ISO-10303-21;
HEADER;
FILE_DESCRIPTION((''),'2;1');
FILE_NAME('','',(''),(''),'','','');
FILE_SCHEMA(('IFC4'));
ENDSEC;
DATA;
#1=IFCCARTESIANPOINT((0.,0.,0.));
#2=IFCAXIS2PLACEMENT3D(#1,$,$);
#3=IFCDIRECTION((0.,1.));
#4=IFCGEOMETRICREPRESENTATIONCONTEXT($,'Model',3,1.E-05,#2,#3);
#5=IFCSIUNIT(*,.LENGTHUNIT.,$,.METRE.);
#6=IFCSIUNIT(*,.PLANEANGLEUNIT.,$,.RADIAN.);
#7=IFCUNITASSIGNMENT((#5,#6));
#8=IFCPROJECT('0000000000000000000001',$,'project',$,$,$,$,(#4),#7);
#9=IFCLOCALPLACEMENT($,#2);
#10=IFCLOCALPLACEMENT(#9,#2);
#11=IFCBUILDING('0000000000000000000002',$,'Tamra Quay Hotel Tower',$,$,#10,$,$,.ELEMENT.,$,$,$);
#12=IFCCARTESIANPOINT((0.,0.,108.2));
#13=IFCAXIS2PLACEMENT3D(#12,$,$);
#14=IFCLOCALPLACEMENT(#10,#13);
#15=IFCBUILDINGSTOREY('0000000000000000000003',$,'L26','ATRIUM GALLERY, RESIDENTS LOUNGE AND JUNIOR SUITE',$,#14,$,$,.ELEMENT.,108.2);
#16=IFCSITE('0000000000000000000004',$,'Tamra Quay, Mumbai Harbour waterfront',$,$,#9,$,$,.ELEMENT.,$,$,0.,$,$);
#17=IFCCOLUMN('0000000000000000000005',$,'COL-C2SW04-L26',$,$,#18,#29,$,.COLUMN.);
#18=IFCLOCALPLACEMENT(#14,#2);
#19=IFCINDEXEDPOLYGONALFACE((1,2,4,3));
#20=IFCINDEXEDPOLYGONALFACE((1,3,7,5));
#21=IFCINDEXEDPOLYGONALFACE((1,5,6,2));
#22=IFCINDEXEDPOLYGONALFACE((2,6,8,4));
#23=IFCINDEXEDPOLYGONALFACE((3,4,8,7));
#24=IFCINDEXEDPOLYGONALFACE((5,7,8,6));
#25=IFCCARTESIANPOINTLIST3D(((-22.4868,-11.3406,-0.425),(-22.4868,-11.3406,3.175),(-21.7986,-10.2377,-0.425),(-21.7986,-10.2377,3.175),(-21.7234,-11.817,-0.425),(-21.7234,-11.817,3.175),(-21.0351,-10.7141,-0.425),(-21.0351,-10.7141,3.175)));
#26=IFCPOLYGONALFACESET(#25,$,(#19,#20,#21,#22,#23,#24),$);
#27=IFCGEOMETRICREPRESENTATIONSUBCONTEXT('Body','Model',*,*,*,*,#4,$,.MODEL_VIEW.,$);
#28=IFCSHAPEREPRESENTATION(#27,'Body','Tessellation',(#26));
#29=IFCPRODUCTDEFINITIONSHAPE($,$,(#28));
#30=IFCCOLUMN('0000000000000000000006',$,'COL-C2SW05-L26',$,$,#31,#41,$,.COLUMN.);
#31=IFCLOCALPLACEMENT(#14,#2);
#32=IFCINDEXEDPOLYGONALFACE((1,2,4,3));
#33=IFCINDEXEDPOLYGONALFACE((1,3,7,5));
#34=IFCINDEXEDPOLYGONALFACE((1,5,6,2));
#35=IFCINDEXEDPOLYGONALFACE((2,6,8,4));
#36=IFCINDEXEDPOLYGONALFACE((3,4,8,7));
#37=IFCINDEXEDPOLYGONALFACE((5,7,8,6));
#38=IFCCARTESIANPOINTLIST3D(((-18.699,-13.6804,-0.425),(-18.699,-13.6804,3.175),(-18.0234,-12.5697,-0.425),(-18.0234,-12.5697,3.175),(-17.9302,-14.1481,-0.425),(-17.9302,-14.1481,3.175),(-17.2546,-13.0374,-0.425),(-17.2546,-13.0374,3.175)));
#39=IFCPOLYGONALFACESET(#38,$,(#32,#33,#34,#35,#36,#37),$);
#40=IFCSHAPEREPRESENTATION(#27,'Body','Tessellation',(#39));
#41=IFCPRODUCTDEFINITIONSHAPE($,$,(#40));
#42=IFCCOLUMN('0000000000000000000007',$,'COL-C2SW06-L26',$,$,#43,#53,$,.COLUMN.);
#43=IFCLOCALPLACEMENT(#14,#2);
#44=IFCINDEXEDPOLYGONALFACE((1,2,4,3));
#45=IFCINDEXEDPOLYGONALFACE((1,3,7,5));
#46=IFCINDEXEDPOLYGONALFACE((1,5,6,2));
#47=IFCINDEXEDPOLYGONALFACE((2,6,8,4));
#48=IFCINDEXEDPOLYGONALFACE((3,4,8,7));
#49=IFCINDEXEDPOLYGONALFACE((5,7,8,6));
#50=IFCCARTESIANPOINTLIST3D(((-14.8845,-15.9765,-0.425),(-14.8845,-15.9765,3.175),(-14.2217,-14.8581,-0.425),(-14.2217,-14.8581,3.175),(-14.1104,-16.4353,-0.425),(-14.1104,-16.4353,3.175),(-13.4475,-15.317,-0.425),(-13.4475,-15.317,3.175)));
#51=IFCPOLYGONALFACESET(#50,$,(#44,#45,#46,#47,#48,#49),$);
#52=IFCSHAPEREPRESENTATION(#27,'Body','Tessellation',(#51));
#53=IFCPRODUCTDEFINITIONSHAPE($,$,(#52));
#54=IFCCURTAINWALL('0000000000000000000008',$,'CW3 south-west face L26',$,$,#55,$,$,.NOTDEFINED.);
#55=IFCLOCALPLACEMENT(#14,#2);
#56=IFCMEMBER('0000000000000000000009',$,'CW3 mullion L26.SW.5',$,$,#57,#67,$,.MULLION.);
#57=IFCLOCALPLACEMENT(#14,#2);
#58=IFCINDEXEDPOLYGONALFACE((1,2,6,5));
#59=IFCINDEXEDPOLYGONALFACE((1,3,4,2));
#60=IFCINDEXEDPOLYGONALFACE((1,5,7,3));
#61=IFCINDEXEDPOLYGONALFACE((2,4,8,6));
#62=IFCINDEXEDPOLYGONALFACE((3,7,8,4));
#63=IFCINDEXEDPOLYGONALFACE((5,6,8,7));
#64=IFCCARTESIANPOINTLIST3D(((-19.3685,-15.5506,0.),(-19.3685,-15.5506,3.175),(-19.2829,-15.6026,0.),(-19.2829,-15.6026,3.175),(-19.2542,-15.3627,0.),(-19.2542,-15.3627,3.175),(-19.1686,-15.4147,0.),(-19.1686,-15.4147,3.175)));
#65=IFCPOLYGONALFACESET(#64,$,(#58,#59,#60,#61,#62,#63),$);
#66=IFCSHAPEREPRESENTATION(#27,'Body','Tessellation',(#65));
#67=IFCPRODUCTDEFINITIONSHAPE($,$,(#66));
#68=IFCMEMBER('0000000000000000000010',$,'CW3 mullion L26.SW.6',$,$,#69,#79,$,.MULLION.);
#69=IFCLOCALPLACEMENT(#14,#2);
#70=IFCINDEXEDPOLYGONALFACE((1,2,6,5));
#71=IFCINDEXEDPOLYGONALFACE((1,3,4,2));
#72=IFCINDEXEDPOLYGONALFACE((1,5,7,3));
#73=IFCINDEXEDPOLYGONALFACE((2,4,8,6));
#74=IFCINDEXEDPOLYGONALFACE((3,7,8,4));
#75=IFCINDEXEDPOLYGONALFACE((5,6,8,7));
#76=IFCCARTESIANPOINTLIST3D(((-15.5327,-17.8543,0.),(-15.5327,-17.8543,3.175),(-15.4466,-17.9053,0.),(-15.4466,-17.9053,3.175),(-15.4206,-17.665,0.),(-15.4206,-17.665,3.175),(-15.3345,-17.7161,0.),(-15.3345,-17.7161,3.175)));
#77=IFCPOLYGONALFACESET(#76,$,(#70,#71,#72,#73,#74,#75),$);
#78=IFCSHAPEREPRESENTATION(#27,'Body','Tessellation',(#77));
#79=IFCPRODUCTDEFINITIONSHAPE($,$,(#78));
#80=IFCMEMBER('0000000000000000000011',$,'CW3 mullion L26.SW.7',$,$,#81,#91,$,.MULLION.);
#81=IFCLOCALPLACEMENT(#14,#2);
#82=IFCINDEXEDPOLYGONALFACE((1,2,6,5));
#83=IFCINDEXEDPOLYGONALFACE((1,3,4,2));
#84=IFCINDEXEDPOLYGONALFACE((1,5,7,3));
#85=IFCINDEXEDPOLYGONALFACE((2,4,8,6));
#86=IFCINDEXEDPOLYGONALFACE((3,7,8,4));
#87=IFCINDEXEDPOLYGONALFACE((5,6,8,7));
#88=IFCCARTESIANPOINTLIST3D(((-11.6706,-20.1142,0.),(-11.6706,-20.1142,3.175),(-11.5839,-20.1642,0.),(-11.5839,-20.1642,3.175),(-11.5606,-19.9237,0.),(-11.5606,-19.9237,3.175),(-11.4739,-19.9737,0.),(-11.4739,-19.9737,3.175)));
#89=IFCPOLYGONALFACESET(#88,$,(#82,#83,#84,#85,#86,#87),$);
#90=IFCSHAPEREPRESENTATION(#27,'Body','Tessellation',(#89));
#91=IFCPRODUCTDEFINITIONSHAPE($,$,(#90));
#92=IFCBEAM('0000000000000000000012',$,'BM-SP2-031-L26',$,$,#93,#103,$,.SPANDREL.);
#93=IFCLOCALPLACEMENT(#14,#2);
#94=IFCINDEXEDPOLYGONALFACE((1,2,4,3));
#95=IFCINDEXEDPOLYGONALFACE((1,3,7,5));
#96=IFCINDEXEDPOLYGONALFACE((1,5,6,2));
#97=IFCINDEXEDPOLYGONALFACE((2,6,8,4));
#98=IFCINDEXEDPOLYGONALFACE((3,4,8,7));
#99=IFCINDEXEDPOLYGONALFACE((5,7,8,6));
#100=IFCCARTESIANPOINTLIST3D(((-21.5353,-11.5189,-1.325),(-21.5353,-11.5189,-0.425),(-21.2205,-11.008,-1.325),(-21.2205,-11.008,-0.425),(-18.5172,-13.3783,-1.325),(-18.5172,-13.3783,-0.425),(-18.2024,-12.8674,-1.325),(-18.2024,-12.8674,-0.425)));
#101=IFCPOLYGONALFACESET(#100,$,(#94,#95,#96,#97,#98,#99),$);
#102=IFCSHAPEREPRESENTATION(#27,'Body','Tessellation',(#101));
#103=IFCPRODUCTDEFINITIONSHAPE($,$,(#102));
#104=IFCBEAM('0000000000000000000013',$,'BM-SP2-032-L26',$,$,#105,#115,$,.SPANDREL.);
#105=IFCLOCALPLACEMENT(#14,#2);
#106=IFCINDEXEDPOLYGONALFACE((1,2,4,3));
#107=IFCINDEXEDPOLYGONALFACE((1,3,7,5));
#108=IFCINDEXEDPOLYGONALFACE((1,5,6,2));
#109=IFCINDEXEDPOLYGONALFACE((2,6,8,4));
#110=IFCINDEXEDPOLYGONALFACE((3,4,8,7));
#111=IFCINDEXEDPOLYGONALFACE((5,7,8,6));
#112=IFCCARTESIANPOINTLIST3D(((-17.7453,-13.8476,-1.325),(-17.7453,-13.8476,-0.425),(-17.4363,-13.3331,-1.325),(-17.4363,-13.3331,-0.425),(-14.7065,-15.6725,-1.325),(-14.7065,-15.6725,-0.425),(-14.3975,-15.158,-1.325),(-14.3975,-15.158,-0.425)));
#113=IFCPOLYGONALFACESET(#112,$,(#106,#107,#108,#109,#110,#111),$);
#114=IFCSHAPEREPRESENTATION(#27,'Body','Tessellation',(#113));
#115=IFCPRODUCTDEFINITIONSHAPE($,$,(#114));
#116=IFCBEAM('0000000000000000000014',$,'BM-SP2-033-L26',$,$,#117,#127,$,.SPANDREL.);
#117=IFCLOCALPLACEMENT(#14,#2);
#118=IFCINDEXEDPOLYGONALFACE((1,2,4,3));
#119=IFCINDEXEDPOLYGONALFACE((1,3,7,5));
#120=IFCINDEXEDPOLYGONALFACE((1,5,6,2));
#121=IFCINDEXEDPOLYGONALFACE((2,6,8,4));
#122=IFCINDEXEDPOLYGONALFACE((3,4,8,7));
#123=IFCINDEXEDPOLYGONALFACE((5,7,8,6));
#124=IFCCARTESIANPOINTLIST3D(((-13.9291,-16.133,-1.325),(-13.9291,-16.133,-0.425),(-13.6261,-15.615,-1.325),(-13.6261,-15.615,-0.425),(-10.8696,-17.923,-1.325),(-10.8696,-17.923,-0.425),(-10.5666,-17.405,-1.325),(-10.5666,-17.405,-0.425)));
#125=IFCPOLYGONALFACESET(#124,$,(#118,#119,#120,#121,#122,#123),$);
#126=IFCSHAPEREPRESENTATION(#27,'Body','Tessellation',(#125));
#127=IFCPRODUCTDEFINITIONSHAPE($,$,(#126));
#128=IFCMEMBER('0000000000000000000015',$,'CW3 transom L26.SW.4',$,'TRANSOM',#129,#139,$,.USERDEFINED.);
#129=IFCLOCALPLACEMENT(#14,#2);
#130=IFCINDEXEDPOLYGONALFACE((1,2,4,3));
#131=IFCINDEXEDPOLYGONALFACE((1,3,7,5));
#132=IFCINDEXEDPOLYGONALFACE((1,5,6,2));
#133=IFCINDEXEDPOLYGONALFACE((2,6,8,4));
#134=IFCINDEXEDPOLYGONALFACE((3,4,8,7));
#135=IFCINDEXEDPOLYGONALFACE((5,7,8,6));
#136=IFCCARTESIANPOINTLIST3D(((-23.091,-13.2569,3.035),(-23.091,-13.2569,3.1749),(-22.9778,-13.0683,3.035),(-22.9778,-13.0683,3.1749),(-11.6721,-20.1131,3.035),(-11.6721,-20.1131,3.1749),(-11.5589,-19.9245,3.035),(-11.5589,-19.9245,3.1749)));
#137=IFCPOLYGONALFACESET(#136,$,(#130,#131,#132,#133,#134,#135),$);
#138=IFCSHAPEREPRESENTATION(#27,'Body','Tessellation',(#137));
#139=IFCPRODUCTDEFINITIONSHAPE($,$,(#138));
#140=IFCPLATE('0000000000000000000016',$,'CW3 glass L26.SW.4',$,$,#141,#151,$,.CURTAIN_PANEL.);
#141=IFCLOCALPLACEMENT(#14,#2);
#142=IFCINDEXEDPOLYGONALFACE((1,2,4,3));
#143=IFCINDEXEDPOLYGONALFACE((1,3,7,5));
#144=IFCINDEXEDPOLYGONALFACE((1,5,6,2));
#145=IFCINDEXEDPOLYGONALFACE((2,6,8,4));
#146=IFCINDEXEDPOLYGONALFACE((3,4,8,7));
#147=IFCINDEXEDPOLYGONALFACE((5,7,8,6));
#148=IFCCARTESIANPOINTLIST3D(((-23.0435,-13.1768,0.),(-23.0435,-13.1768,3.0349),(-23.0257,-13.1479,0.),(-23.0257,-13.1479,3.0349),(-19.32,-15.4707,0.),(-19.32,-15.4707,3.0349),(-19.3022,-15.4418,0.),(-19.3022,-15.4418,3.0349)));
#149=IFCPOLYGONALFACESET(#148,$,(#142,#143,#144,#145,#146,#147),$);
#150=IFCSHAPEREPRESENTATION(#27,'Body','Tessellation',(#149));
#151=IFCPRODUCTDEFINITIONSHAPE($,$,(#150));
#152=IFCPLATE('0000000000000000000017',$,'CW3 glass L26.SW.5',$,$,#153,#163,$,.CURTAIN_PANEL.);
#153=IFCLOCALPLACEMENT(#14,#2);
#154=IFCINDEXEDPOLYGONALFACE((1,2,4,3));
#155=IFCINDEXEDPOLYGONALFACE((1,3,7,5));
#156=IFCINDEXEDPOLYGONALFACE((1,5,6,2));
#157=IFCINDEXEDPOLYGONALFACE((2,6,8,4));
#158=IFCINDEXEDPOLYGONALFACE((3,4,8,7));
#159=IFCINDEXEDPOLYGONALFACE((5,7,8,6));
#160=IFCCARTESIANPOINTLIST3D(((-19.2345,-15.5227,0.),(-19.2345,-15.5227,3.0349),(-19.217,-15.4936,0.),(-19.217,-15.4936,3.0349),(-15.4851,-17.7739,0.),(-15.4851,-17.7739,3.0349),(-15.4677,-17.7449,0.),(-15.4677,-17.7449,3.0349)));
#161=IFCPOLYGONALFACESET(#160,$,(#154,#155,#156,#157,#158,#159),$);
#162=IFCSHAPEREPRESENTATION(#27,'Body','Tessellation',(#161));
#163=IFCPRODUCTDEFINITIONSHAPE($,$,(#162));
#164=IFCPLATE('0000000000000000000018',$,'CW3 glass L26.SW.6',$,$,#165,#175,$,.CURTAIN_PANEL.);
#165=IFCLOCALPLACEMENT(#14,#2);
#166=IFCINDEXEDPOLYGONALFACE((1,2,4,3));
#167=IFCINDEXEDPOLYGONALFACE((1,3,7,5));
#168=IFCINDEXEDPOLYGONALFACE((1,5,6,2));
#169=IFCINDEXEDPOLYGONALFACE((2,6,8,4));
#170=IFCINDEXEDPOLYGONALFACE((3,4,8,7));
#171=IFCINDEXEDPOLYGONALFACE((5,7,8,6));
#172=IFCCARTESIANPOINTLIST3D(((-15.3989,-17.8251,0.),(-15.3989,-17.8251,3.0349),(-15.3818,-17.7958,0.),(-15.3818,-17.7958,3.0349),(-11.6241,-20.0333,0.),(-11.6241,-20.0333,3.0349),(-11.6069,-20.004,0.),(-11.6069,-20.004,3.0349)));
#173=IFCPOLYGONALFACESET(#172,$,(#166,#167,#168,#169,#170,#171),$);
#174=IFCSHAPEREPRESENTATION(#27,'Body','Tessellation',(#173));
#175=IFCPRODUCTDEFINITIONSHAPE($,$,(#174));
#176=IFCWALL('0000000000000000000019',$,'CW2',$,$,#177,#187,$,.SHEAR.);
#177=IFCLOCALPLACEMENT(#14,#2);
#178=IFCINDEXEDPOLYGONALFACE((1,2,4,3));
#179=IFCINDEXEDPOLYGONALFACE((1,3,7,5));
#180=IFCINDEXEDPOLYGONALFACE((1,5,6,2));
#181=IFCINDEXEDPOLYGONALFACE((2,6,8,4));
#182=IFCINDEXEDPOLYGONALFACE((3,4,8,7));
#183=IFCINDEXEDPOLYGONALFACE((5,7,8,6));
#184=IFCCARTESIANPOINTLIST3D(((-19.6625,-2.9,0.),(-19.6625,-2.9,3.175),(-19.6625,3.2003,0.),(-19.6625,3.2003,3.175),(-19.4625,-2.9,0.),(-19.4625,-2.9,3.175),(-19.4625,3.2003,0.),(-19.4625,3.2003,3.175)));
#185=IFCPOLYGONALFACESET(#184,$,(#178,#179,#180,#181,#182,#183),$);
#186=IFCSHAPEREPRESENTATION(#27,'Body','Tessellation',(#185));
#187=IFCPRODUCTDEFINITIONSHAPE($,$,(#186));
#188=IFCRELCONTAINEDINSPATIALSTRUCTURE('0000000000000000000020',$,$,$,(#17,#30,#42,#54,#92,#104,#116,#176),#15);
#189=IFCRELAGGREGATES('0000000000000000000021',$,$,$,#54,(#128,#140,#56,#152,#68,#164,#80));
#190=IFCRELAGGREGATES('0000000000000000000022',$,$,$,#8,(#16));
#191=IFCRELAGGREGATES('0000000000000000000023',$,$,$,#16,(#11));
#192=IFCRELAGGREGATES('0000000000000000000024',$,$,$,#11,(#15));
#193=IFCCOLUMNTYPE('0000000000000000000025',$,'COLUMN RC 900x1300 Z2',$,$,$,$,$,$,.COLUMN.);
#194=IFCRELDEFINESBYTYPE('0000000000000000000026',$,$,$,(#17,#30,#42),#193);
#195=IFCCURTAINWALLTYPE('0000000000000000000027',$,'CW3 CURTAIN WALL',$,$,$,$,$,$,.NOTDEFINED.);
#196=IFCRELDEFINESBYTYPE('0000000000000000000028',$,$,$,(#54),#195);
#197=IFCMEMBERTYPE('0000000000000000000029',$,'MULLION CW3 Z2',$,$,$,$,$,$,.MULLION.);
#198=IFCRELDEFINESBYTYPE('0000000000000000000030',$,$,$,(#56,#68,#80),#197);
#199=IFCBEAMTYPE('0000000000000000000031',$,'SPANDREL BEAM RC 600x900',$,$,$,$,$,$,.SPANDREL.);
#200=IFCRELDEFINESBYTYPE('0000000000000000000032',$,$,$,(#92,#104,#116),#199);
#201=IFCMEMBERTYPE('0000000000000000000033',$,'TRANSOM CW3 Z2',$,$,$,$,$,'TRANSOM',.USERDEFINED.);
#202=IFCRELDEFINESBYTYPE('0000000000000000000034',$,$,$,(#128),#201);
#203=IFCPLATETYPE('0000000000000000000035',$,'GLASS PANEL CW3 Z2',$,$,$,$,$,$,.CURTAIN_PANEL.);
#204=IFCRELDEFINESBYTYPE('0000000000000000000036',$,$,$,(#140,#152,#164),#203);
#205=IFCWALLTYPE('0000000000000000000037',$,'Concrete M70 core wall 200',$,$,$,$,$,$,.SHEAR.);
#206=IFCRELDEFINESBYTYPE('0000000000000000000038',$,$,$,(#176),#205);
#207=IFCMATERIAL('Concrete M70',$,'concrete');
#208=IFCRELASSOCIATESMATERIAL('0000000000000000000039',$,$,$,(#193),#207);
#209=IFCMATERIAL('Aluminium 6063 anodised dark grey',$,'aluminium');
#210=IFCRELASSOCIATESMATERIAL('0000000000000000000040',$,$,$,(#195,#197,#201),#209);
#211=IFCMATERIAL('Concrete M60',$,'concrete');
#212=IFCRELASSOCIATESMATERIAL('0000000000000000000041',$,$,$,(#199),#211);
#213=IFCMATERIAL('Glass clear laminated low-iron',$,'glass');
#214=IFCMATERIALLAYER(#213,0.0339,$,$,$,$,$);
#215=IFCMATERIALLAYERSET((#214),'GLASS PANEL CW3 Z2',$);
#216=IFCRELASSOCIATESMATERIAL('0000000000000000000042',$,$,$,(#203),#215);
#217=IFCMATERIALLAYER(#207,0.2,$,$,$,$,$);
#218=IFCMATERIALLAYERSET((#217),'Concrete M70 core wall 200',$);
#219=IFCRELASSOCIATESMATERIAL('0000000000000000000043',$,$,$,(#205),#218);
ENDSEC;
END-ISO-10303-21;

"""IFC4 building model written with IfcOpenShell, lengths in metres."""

from ifc_helpers import new_model, si_unit, direction, frame, frame_2d, origin, origin_2d, place, context, subcontext, project, spatial, rectangle, extrude, material, layer, layer_set, material_profile, profile_set, type_object, element, aggregate, save


model = new_model("IFC4")

# Units and contexts
model_context = context("Model", 3, precision=1e-05, world=origin(), true_north=direction((0.0, 1.0)))
body_context = subcontext(model_context, "Body", "Model", "MODEL_VIEW")
ifc_project = project(units=[si_unit("LENGTHUNIT", "METRE"), si_unit("PLANEANGLEUNIT", "RADIAN")], contexts=[model_context])

# Site, building, storey
site_placement = place(None, origin())
site = spatial("IfcSite", under=ifc_project, at=site_placement, Name="Tamra Quay, Mumbai Harbour waterfront", CompositionType="ELEMENT", RefElevation=0.0)
building_placement = place(site_placement, origin())
building = spatial("IfcBuilding", under=site, at=building_placement, Name="Tamra Quay Hotel Tower", CompositionType="ELEMENT")
storey_placement = place(building_placement, frame((0.0, 0.0, 108.2)))
storey = spatial("IfcBuildingStorey", under=building, at=storey_placement, Name="L26", Description="ATRIUM GALLERY, RESIDENTS LOUNGE AND JUNIOR SUITE", CompositionType="ELEMENT", Elevation=108.2)

# Columns
ifc_material_1 = material(Name="Concrete M70", Category="concrete")
ifc_material_profile_1 = material_profile(ifc_material_1, rectangle(XDim=1.3, YDim=0.8999, at=origin_2d()), Name="COLUMN RC 900x1300 Z2")
ifc_profile_set_1 = profile_set([ifc_material_profile_1], Name="Concrete M70")
column_type = type_object("IfcColumnType", Name="COLUMN RC 900x1300 Z2", PredefinedType="COLUMN", material=ifc_profile_set_1)
for number, where, z_axis, x_axis, name in (
    (1, (-21.761, -11.0273, -0.425), (0.0, 0.0, 1.0), (0.52941, 0.848366, 0.0), "COL-C2SW04-L26"),
    (2, (-17.9768, -13.3589, -0.425), (0.0, 0.0, 1.0), (0.519679, 0.854362, 0.0), "COL-C2SW05-L26"),
    (3, (-14.166, -15.6467, -0.425), (0.0, 0.0, 1.0), (0.509873, 0.860249, 0.0), "COL-C2SW06-L26"),
):
    element("IfcColumn", number, at=place(storey_placement, frame(where, z_axis=z_axis, x_axis=x_axis)), inside=storey, type_object=column_type, Name=name, PredefinedType="COLUMN", context=body_context, shape_type="SweptSolid", body=[
        extrude(rectangle(XDim=1.3, YDim=0.8999, at=origin_2d()), origin(), (0.0, 0.0, 1.0), 3.6001),
    ])

# Curtain wall, members
ifc_material_2 = material(Name="Aluminium 6063 anodised dark grey", Category="aluminium")
curtain_wall_type = type_object("IfcCurtainWallType", Name="CW3 CURTAIN WALL", PredefinedType="NOTDEFINED", material=ifc_material_2)
curtain_wall_placement = place(storey_placement, origin())
curtain_wall = element("IfcCurtainWall", 4, at=curtain_wall_placement, inside=storey, type_object=curtain_wall_type, Name="CW3 south-west face L26", PredefinedType="NOTDEFINED")
ifc_material_profile_2 = material_profile(ifc_material_2, rectangle(XDim=0.22, YDim=0.1001, at=origin_2d()), Name="MULLION 100X220")
ifc_profile_set_2 = profile_set([ifc_material_profile_2], Name="Aluminium 6063 anodised dark grey")
member_type_1 = type_object("IfcMemberType", Name="MULLION CW3 Z2", PredefinedType="MULLION", material=ifc_profile_set_2)
member_1_placement = place(storey_placement, frame((-19.2686, -15.4827, 0.0), z_axis=(0.0, 0.0, 1.0), x_axis=(-0.51965, -0.854379, 0.0)))
member_1 = element("IfcMember", 5, at=member_1_placement, type_object=member_type_1, Name="CW3 mullion L26.SW.5", PredefinedType="MULLION", context=body_context, shape_type="SweptSolid", body=[
    extrude(rectangle(XDim=0.22, YDim=0.1001, at=origin_2d()), origin(), (0.0, 0.0, 1.0), 3.175),
])
member_2_placement = place(storey_placement, frame((-15.4336, -17.7852, 0.0), z_axis=(0.0, 0.0, 1.0), x_axis=(-0.50986, -0.860257, 0.0)))
member_2 = element("IfcMember", 6, at=member_2_placement, type_object=member_type_1, Name="CW3 mullion L26.SW.6", PredefinedType="MULLION", context=body_context, shape_type="SweptSolid", body=[
    extrude(rectangle(XDim=0.22, YDim=0.1001, at=origin_2d()), origin(), (0.0, 0.0, 1.0), 3.175),
])
member_3_placement = place(storey_placement, frame((-11.5723, -20.0439, 0.0), z_axis=(0.0, 0.0, 1.0), x_axis=(-0.5, -0.866025, 0.0)))
member_3 = element("IfcMember", 7, at=member_3_placement, type_object=member_type_1, Name="CW3 mullion L26.SW.7", PredefinedType="MULLION", context=body_context, shape_type="SweptSolid", body=[
    extrude(rectangle(XDim=0.22, YDim=0.1001, at=origin_2d()), origin(), (0.0, 0.0, 1.0), 3.175),
])

# Beams
ifc_material_3 = material(Name="Concrete M60", Category="concrete")
ifc_material_profile_3 = material_profile(ifc_material_3, rectangle(XDim=0.6001, YDim=0.8999, at=origin_2d()), Name="SPANDREL BEAM RC 600x900")
ifc_profile_set_3 = profile_set([ifc_material_profile_3], Name="Concrete M60")
beam_type = type_object("IfcBeamType", Name="SPANDREL BEAM RC 600x900", PredefinedType="SPANDREL", material=ifc_profile_set_3)
beam_placement = place(storey_placement, frame((-21.3779, -11.2634, -0.875), z_axis=(0.851393, -0.524528, 0.0), x_axis=(0.524528, 0.851393, 0.0)))
element("IfcBeam", 8, at=beam_placement, inside=storey, type_object=beam_type, Name="BM-SP2-031-L26", PredefinedType="SPANDREL", context=body_context, shape_type="SweptSolid", body=[
    extrude(rectangle(XDim=0.6001, YDim=0.8999, at=origin_2d()), origin(), (0.0, 0.0, 1.0), 3.5449),
])
for number, where, z_axis, x_axis, name in (
    (9, (-17.5908, -13.5903, -0.875), (0.857286, -0.51484, 0.0), (0.51484, 0.857286, 0.0), "BM-SP2-032-L26"),
    (10, (-13.7776, -15.874, -0.875), (0.863129, -0.504984, 0.0), (0.504984, 0.863129, 0.0), "BM-SP2-033-L26"),
):
    element("IfcBeam", number, at=place(storey_placement, frame(where, z_axis=z_axis, x_axis=x_axis)), inside=storey, type_object=beam_type, Name=name, PredefinedType="SPANDREL", context=body_context, shape_type="SweptSolid", body=[
        extrude(rectangle(XDim=0.6001, YDim=0.8999, at=origin_2d()), origin(), (0.0, 0.0, 1.0), 3.5447),
    ])

# Member
ifc_material_profile_4 = material_profile(ifc_material_2, rectangle(XDim=0.22, YDim=0.1399, at=origin_2d()), Name="TRANSOM 220X140")
ifc_profile_set_4 = profile_set([ifc_material_profile_4], Name="Aluminium 6063 anodised dark grey")
member_type_2 = type_object("IfcMemberType", Name="TRANSOM CW3 Z2", ElementType="TRANSOM", PredefinedType="USERDEFINED", material=ifc_profile_set_4)
member_4_placement = place(storey_placement, frame((-23.0344, -13.1626, 3.105), z_axis=(0.857333, -0.514763, 0.0), x_axis=(0.514763, 0.857333, 0.0)))
member_4 = element("IfcMember", 11, at=member_4_placement, type_object=member_type_2, Name="CW3 transom L26.SW.4", ObjectType="TRANSOM", PredefinedType="USERDEFINED", context=body_context, shape_type="SweptSolid", body=[
    extrude(rectangle(XDim=0.22, YDim=0.1399, at=origin_2d()), origin(), (0.0, 0.0, 1.0), 13.3191),
])

# Plates
ifc_material_4 = material(Name="Glass clear laminated low-iron", Category="glass")
ifc_layer_1 = layer(ifc_material_4, 0.0339)
ifc_layer_set_1 = layer_set([ifc_layer_1], Name="GLASS PANEL CW3 Z2")
plate_type = type_object("IfcPlateType", Name="GLASS PANEL CW3 Z2", PredefinedType="CURTAIN_PANEL", material=ifc_layer_set_1)
plate_1_placement = place(storey_placement, frame((-21.1729, -14.3093, 0.0), z_axis=(0.0, 0.0, 1.0), x_axis=(0.851399, -0.524518, 0.0)))
plate_1 = element("IfcPlate", 12, at=plate_1_placement, type_object=plate_type, Name="CW3 glass L26.SW.4", PredefinedType="CURTAIN_PANEL", context=body_context, shape_type="SweptSolid", body=[
    extrude(rectangle(XDim=4.3733, YDim=0.0339, at=origin_2d()), origin(), (0.0, 0.0, 1.0), 3.0349),
])
plate_2_placement = place(storey_placement, frame((-17.3511, -16.6338, 0.0), z_axis=(0.0, 0.0, 1.0), x_axis=(0.857331, -0.514765, 0.0)))
plate_2 = element("IfcPlate", 13, at=plate_2_placement, type_object=plate_type, Name="CW3 glass L26.SW.5", PredefinedType="CURTAIN_PANEL", context=body_context, shape_type="SweptSolid", body=[
    extrude(rectangle(XDim=4.3733, YDim=0.0339, at=origin_2d()), origin(), (0.0, 0.0, 1.0), 3.0349),
])
plate_3_placement = place(storey_placement, frame((-13.5029, -18.9146, 0.0), z_axis=(0.0, 0.0, 1.0), x_axis=(0.863155, -0.504939, 0.0)))
plate_3 = element("IfcPlate", 14, at=plate_3_placement, type_object=plate_type, Name="CW3 glass L26.SW.6", PredefinedType="CURTAIN_PANEL", context=body_context, shape_type="SweptSolid", body=[
    extrude(rectangle(XDim=4.3733, YDim=0.0339, at=origin_2d()), origin(), (0.0, 0.0, 1.0), 3.0349),
])
aggregate(curtain_wall, [member_4, plate_1, member_1, plate_2, member_2, plate_3, member_3])

# Wall
ifc_layer_2 = layer(ifc_material_1, 0.2)
ifc_layer_set_2 = layer_set([ifc_layer_2], Name="Concrete M70 core wall 200")
wall_type_1 = type_object("IfcWallType", Name="Concrete M70 core wall 200", PredefinedType="SHEAR", material=ifc_layer_set_2)
wall_1_placement = place(storey_placement, frame((-19.5625, -2.9001, 0.0), z_axis=(0.0, 0.0, 1.0), x_axis=(0.0, 1.0, 0.0)))
element("IfcWall", 15, at=wall_1_placement, inside=storey, type_object=wall_type_1, Name="CW2", PredefinedType="SHEAR", context=body_context, shape_type="SweptSolid", body=[
    extrude(rectangle(XDim=6.1003, YDim=0.2, at=frame_2d((3.0503, 0.0))), origin(), (0.0, 0.0, 1.0), 3.175),
])

save(model, "model.ifc")
